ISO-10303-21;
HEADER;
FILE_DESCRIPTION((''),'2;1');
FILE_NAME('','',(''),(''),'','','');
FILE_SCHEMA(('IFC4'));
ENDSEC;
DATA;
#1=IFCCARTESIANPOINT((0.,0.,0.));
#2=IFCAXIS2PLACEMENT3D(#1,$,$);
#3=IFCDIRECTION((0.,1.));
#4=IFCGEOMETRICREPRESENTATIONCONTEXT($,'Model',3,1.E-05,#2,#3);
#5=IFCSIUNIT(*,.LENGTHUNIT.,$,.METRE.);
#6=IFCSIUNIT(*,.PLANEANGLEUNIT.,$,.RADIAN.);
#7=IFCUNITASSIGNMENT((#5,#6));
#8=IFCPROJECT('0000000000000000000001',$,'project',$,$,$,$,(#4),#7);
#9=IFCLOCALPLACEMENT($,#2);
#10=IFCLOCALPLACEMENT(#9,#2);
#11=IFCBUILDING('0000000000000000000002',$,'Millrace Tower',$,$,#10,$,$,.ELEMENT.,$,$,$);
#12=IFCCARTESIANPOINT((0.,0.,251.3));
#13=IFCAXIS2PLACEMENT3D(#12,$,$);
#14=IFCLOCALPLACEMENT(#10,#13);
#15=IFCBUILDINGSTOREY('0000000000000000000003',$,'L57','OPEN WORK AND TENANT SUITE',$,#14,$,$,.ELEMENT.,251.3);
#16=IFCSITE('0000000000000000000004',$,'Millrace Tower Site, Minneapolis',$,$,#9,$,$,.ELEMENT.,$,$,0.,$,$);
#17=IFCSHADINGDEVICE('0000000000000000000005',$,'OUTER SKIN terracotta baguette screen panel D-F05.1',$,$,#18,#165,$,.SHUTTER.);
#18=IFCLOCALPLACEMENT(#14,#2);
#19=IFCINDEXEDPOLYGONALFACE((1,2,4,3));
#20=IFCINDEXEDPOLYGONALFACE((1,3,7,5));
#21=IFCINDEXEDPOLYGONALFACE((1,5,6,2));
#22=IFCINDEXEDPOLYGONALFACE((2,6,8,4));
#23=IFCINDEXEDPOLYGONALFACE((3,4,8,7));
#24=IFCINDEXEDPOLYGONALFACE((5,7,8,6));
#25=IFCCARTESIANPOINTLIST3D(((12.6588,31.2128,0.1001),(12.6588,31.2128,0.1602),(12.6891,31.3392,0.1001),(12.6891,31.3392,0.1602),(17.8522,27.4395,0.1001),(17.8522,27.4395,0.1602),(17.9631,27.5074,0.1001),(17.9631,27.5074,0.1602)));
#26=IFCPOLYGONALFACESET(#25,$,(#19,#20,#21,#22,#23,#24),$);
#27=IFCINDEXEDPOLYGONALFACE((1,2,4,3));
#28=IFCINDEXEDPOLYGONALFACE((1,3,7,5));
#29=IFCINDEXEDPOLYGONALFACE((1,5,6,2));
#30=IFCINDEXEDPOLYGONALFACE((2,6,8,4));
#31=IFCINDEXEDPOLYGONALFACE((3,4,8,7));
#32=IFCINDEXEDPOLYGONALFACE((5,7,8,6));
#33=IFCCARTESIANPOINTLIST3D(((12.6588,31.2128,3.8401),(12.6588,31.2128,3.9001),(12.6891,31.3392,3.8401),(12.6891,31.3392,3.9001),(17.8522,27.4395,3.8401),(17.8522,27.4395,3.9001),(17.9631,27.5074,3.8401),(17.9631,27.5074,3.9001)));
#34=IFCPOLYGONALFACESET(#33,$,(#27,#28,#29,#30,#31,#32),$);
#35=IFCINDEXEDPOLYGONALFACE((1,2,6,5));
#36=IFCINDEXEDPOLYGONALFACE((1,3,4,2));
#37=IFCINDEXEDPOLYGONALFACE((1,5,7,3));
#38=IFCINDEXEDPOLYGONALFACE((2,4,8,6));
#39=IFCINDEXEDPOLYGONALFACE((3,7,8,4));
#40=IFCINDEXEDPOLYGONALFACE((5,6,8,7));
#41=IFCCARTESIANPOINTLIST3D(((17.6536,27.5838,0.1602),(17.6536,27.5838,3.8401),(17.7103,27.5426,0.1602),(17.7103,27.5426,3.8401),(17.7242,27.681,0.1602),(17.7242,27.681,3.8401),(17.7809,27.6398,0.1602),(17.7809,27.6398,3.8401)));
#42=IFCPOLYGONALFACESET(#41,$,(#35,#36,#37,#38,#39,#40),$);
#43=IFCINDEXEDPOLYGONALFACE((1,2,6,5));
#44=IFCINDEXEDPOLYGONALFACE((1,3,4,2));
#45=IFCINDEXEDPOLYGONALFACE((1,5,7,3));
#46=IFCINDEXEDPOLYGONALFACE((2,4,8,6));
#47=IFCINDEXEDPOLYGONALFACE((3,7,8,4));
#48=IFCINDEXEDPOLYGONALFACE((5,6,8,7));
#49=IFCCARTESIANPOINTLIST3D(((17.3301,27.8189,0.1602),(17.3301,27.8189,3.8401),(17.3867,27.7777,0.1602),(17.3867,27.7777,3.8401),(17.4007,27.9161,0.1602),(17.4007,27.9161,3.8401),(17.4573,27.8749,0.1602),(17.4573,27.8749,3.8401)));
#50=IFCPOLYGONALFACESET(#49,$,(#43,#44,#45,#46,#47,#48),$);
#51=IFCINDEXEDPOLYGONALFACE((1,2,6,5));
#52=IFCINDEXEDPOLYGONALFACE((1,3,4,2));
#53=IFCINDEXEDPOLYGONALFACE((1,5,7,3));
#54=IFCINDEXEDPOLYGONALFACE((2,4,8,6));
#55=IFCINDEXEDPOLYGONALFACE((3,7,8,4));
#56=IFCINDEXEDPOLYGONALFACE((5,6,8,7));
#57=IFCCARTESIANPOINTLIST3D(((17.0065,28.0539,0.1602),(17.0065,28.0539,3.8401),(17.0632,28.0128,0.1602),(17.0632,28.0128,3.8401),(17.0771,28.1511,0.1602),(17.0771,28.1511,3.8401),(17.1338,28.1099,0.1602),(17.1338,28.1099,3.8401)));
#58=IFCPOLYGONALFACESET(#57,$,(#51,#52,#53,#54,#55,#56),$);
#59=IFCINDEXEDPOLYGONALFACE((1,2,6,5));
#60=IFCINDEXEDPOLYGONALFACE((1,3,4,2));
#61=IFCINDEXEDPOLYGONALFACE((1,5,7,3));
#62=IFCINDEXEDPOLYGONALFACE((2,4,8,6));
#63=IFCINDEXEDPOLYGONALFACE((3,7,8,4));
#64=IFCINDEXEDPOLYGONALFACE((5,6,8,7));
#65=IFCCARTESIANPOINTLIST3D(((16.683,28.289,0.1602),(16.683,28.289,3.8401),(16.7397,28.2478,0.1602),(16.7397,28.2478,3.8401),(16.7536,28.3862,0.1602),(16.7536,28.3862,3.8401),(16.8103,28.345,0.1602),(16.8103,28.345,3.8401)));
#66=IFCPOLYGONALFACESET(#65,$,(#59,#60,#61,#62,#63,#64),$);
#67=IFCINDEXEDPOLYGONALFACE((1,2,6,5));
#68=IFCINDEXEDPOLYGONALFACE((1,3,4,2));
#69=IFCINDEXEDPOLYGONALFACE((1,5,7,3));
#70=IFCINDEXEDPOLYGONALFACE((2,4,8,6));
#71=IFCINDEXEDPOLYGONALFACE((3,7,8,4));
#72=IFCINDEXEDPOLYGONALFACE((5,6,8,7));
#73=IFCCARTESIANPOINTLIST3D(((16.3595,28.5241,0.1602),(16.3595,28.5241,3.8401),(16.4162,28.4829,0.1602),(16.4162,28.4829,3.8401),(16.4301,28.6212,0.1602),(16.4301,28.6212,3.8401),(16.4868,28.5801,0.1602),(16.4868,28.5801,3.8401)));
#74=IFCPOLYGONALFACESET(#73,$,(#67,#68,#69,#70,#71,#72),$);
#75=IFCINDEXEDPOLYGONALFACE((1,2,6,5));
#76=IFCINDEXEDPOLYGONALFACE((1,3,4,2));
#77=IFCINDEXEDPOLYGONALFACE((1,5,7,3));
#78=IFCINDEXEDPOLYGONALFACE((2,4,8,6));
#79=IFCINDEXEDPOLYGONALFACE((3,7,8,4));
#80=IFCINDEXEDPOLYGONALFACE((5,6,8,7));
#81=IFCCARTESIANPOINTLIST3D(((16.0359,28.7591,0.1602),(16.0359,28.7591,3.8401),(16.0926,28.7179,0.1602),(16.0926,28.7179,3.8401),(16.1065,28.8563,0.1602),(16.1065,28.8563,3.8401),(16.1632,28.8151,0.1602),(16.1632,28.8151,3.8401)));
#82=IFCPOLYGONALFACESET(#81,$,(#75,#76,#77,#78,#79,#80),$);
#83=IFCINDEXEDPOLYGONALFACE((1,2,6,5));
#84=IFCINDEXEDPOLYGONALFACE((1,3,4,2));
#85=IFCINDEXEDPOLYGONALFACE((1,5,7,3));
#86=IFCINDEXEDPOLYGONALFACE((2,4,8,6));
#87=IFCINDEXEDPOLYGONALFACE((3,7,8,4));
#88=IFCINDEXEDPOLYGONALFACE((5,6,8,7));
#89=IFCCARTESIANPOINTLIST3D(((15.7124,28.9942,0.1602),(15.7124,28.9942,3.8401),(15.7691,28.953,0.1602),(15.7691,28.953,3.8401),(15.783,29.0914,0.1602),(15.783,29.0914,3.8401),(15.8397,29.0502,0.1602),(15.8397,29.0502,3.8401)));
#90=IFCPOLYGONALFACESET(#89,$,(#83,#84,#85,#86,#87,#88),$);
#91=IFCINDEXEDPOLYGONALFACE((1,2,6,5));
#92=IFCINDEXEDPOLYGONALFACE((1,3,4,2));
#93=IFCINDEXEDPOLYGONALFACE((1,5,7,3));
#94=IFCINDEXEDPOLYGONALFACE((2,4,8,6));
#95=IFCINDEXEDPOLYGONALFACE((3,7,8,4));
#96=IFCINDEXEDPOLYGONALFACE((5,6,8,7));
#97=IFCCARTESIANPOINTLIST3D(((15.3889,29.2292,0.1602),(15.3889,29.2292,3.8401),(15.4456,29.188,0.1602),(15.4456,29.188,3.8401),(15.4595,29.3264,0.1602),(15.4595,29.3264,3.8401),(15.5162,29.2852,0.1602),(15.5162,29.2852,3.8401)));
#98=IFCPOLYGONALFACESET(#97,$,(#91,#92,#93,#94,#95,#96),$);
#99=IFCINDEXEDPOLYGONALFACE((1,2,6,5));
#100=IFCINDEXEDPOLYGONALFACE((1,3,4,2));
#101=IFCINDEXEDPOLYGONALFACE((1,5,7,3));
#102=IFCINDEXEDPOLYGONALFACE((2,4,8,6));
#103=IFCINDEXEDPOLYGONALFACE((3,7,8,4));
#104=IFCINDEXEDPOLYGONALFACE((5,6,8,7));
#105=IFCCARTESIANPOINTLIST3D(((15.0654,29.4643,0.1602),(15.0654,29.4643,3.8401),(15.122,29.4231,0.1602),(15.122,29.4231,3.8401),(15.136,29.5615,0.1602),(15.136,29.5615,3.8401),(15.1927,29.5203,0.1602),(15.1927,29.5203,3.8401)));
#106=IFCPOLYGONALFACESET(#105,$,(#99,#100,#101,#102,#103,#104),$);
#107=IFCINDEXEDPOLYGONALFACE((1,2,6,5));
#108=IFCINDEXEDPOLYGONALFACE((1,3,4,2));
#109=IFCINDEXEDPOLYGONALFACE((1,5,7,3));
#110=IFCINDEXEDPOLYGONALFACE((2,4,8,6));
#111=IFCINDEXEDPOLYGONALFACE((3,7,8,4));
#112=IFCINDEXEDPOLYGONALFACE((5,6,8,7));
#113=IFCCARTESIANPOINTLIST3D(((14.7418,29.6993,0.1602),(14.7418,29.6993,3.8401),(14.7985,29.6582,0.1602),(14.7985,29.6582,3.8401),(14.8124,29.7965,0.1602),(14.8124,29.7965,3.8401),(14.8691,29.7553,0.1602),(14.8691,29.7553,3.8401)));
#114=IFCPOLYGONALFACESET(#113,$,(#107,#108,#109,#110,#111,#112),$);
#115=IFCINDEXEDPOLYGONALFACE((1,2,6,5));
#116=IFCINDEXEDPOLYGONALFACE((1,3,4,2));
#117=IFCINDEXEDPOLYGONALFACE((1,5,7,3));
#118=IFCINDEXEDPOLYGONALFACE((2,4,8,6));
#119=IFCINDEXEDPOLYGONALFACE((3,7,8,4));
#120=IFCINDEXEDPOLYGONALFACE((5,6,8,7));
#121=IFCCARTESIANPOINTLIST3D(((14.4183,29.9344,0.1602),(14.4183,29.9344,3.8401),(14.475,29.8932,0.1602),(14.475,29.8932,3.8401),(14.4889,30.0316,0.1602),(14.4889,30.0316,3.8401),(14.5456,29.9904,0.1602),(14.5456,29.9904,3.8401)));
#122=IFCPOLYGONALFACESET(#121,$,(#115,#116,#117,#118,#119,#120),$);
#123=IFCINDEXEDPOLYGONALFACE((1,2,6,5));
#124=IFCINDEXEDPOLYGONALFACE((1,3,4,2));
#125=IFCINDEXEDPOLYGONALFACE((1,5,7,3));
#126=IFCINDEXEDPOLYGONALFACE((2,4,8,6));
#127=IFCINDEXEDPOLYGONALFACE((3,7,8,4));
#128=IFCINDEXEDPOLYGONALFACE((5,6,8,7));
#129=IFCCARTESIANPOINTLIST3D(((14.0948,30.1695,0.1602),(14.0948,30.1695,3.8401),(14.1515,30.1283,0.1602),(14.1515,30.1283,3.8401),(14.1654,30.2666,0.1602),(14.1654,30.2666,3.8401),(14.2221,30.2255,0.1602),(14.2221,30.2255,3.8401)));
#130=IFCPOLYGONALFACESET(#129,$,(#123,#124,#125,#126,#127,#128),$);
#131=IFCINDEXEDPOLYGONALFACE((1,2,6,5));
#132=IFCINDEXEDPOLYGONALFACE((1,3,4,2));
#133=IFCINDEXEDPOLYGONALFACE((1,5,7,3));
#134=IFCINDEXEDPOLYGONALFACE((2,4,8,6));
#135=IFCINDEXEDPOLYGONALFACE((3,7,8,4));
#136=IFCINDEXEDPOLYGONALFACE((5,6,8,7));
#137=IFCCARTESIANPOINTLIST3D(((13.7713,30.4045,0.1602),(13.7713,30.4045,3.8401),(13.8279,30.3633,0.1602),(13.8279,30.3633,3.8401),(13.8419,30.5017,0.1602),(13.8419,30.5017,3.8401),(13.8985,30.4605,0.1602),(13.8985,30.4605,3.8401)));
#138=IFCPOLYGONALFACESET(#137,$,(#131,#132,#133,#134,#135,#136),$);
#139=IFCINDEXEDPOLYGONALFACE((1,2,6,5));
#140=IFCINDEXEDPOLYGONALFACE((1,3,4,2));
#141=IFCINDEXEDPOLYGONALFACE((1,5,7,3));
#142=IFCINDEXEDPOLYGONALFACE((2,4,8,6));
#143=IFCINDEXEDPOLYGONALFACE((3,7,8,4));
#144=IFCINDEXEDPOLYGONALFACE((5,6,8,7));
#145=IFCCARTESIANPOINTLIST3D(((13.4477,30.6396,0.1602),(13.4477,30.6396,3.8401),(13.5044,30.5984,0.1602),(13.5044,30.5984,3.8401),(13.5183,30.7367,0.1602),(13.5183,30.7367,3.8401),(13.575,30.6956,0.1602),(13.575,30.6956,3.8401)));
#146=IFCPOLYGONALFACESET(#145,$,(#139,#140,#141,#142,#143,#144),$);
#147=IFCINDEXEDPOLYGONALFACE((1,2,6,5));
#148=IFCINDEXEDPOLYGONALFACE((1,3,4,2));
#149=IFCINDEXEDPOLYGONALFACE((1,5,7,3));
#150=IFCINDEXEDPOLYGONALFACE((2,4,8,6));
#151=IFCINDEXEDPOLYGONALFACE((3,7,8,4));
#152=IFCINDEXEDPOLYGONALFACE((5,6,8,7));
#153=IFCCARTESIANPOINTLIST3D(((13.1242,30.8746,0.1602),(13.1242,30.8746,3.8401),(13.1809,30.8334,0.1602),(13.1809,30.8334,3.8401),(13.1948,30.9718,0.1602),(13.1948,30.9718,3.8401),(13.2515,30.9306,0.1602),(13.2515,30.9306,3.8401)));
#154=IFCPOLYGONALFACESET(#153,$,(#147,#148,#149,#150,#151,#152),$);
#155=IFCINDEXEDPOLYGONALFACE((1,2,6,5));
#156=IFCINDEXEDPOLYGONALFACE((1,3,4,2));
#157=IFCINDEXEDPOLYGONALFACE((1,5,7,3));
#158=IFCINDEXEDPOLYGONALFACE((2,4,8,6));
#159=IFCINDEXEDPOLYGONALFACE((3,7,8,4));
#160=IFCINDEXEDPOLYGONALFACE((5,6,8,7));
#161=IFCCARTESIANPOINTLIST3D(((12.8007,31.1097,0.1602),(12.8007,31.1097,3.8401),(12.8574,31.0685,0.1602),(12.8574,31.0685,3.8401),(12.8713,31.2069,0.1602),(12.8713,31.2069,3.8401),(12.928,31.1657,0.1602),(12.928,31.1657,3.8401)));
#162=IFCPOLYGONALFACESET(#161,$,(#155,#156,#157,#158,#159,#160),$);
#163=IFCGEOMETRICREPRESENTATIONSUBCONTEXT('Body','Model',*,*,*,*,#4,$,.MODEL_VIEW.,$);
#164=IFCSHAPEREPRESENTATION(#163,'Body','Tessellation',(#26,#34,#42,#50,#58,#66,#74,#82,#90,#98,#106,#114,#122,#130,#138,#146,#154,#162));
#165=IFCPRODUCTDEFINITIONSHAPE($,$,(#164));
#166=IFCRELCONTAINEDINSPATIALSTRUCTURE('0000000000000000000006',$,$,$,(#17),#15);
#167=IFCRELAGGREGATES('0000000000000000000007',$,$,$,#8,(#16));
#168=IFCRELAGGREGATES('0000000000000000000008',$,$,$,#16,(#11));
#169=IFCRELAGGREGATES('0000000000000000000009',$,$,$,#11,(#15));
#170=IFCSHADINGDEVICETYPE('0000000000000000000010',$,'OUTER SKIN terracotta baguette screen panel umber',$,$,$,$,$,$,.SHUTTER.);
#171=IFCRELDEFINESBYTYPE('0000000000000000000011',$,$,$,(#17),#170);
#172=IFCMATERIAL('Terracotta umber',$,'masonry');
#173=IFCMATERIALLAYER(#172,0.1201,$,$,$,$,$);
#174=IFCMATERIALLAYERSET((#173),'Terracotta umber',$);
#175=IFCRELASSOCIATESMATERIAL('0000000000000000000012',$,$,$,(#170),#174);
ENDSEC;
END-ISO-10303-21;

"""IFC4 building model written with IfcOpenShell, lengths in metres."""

from ifc_helpers import new_model, entity, si_unit, direction, frame, frame_2d, origin, place, context, subcontext, project, spatial, rectangle, extrude, source, transform, mapped, material, layer, layer_set, type_object, element, save


model = new_model("IFC4")

# Units and contexts
model_context = context("Model", 3, precision=1e-05, world=origin(), true_north=direction((0.0, 1.0)))
body_context = subcontext(model_context, "Body", "Model", "MODEL_VIEW")
ifc_project = project(units=[si_unit("LENGTHUNIT", "METRE"), si_unit("PLANEANGLEUNIT", "RADIAN")], contexts=[model_context])

# Site, building, storey
site_placement = place(None, origin())
site = spatial("IfcSite", under=ifc_project, at=site_placement, Name="Millrace Tower Site, Minneapolis", CompositionType="ELEMENT", RefElevation=0.0)
building_placement = place(site_placement, origin())
building = spatial("IfcBuilding", under=site, at=building_placement, Name="Millrace Tower", CompositionType="ELEMENT")
storey_placement = place(building_placement, frame((0.0, 0.0, 251.3)))
storey = spatial("IfcBuildingStorey", under=building, at=storey_placement, Name="L57", Description="OPEN WORK AND TENANT SUITE", CompositionType="ELEMENT", Elevation=251.3)

# Shading device
ifc_material_1 = material(Name="Terracotta umber", Category="masonry")
ifc_layer_1 = layer(ifc_material_1, 0.1201)
ifc_layer_set_1 = layer_set([ifc_layer_1], Name="Terracotta umber")
shading_device_type = type_object("IfcShadingDeviceType", Name="OUTER SKIN terracotta baguette screen panel umber", PredefinedType="SHUTTER", material=ifc_layer_set_1)
cartesian_point_1 = entity("IfcCartesianPoint", [-3.2097, 0.0601])
shared_polyline_1 = entity("IfcPolyline", [cartesian_point_1, entity("IfcCartesianPoint", [3.2097, 0.0601]), entity("IfcCartesianPoint", [3.2595, -0.0601]), entity("IfcCartesianPoint", [-3.2595, -0.0601]), cartesian_point_1])
shared_shape_1 = source(origin(), body_context, "Body", "SweptSolid", [
    entity("IfcExtrudedAreaSolid", entity("IfcArbitraryClosedProfileDef", "AREA", None, shared_polyline_1), entity("IfcAxis2Placement3D", entity("IfcCartesianPoint", [0.0, 0.0, 0.0])), entity("IfcDirection", [0.0, 0.0, 1.0]), 0.0601),
    entity("IfcExtrudedAreaSolid", entity("IfcArbitraryClosedProfileDef", "AREA", None, shared_polyline_1), entity("IfcAxis2Placement3D", entity("IfcCartesianPoint", [0.0, 0.0, 3.74])), entity("IfcDirection", [0.0, 0.0, 1.0]), 0.0601),
    extrude(rectangle(XDim=0.0701, YDim=0.1201, at=frame_2d((-2.9993, 0.0))), frame((0.0, 0.0, 0.0601)), (0.0, 0.0, 1.0), 3.6799),
    extrude(rectangle(XDim=0.0701, YDim=0.1201, at=frame_2d((-2.5994, 0.0))), frame((0.0, 0.0, 0.0601)), (0.0, 0.0, 1.0), 3.6799),
    extrude(rectangle(XDim=0.0701, YDim=0.1201, at=frame_2d((-2.1995, 0.0))), frame((0.0, 0.0, 0.0601)), (0.0, 0.0, 1.0), 3.6799),
    extrude(rectangle(XDim=0.0701, YDim=0.1201, at=frame_2d((-1.7996, 0.0))), frame((0.0, 0.0, 0.0601)), (0.0, 0.0, 1.0), 3.6799),
    extrude(rectangle(XDim=0.0701, YDim=0.1201, at=frame_2d((-1.3997, 0.0))), frame((0.0, 0.0, 0.0601)), (0.0, 0.0, 1.0), 3.6799),
    extrude(rectangle(XDim=0.0701, YDim=0.1201, at=frame_2d((-0.9998, 0.0))), frame((0.0, 0.0, 0.0601)), (0.0, 0.0, 1.0), 3.6799),
    extrude(rectangle(XDim=0.0701, YDim=0.1201, at=frame_2d((-0.5999, 0.0))), frame((0.0, 0.0, 0.0601)), (0.0, 0.0, 1.0), 3.6799),
    extrude(rectangle(XDim=0.0701, YDim=0.1201, at=frame_2d((-0.2, 0.0))), frame((0.0, 0.0, 0.0601)), (0.0, 0.0, 1.0), 3.6799),
    extrude(rectangle(XDim=0.0701, YDim=0.1201, at=frame_2d((0.2, 0.0))), frame((0.0, 0.0, 0.0601)), (0.0, 0.0, 1.0), 3.6799),
    extrude(rectangle(XDim=0.0701, YDim=0.1201, at=frame_2d((0.5999, 0.0))), frame((0.0, 0.0, 0.0601)), (0.0, 0.0, 1.0), 3.6799),
    extrude(rectangle(XDim=0.0701, YDim=0.1201, at=frame_2d((0.9998, 0.0))), frame((0.0, 0.0, 0.0601)), (0.0, 0.0, 1.0), 3.6799),
    extrude(rectangle(XDim=0.0701, YDim=0.1201, at=frame_2d((1.3997, 0.0))), frame((0.0, 0.0, 0.0601)), (0.0, 0.0, 1.0), 3.6799),
    extrude(rectangle(XDim=0.0701, YDim=0.1201, at=frame_2d((1.7996, 0.0))), frame((0.0, 0.0, 0.0601)), (0.0, 0.0, 1.0), 3.6799),
    extrude(rectangle(XDim=0.0701, YDim=0.1201, at=frame_2d((2.1995, 0.0))), frame((0.0, 0.0, 0.0601)), (0.0, 0.0, 1.0), 3.6799),
    extrude(rectangle(XDim=0.0701, YDim=0.1201, at=frame_2d((2.5994, 0.0))), frame((0.0, 0.0, 0.0601)), (0.0, 0.0, 1.0), 3.6799),
    extrude(rectangle(XDim=0.0701, YDim=0.1201, at=frame_2d((2.9993, 0.0))), frame((0.0, 0.0, 0.0601)), (0.0, 0.0, 1.0), 3.6799),
])
shading_device_1_placement = place(storey_placement, frame((15.2908, 29.3748, 0.1001), z_axis=(0.0, 0.0, 1.0), x_axis=(-0.809017, 0.587785, 0.0)))
element("IfcShadingDevice", 1, at=shading_device_1_placement, inside=storey, type_object=shading_device_type, Name="OUTER SKIN terracotta baguette screen panel D-F05.1", PredefinedType="SHUTTER", context=body_context, shape_type="MappedRepresentation", body=[
    mapped(shared_shape_1, transform((0.0, 0.0, 0.0), scale=1.0)),
])

save(model, "model.ifc")
